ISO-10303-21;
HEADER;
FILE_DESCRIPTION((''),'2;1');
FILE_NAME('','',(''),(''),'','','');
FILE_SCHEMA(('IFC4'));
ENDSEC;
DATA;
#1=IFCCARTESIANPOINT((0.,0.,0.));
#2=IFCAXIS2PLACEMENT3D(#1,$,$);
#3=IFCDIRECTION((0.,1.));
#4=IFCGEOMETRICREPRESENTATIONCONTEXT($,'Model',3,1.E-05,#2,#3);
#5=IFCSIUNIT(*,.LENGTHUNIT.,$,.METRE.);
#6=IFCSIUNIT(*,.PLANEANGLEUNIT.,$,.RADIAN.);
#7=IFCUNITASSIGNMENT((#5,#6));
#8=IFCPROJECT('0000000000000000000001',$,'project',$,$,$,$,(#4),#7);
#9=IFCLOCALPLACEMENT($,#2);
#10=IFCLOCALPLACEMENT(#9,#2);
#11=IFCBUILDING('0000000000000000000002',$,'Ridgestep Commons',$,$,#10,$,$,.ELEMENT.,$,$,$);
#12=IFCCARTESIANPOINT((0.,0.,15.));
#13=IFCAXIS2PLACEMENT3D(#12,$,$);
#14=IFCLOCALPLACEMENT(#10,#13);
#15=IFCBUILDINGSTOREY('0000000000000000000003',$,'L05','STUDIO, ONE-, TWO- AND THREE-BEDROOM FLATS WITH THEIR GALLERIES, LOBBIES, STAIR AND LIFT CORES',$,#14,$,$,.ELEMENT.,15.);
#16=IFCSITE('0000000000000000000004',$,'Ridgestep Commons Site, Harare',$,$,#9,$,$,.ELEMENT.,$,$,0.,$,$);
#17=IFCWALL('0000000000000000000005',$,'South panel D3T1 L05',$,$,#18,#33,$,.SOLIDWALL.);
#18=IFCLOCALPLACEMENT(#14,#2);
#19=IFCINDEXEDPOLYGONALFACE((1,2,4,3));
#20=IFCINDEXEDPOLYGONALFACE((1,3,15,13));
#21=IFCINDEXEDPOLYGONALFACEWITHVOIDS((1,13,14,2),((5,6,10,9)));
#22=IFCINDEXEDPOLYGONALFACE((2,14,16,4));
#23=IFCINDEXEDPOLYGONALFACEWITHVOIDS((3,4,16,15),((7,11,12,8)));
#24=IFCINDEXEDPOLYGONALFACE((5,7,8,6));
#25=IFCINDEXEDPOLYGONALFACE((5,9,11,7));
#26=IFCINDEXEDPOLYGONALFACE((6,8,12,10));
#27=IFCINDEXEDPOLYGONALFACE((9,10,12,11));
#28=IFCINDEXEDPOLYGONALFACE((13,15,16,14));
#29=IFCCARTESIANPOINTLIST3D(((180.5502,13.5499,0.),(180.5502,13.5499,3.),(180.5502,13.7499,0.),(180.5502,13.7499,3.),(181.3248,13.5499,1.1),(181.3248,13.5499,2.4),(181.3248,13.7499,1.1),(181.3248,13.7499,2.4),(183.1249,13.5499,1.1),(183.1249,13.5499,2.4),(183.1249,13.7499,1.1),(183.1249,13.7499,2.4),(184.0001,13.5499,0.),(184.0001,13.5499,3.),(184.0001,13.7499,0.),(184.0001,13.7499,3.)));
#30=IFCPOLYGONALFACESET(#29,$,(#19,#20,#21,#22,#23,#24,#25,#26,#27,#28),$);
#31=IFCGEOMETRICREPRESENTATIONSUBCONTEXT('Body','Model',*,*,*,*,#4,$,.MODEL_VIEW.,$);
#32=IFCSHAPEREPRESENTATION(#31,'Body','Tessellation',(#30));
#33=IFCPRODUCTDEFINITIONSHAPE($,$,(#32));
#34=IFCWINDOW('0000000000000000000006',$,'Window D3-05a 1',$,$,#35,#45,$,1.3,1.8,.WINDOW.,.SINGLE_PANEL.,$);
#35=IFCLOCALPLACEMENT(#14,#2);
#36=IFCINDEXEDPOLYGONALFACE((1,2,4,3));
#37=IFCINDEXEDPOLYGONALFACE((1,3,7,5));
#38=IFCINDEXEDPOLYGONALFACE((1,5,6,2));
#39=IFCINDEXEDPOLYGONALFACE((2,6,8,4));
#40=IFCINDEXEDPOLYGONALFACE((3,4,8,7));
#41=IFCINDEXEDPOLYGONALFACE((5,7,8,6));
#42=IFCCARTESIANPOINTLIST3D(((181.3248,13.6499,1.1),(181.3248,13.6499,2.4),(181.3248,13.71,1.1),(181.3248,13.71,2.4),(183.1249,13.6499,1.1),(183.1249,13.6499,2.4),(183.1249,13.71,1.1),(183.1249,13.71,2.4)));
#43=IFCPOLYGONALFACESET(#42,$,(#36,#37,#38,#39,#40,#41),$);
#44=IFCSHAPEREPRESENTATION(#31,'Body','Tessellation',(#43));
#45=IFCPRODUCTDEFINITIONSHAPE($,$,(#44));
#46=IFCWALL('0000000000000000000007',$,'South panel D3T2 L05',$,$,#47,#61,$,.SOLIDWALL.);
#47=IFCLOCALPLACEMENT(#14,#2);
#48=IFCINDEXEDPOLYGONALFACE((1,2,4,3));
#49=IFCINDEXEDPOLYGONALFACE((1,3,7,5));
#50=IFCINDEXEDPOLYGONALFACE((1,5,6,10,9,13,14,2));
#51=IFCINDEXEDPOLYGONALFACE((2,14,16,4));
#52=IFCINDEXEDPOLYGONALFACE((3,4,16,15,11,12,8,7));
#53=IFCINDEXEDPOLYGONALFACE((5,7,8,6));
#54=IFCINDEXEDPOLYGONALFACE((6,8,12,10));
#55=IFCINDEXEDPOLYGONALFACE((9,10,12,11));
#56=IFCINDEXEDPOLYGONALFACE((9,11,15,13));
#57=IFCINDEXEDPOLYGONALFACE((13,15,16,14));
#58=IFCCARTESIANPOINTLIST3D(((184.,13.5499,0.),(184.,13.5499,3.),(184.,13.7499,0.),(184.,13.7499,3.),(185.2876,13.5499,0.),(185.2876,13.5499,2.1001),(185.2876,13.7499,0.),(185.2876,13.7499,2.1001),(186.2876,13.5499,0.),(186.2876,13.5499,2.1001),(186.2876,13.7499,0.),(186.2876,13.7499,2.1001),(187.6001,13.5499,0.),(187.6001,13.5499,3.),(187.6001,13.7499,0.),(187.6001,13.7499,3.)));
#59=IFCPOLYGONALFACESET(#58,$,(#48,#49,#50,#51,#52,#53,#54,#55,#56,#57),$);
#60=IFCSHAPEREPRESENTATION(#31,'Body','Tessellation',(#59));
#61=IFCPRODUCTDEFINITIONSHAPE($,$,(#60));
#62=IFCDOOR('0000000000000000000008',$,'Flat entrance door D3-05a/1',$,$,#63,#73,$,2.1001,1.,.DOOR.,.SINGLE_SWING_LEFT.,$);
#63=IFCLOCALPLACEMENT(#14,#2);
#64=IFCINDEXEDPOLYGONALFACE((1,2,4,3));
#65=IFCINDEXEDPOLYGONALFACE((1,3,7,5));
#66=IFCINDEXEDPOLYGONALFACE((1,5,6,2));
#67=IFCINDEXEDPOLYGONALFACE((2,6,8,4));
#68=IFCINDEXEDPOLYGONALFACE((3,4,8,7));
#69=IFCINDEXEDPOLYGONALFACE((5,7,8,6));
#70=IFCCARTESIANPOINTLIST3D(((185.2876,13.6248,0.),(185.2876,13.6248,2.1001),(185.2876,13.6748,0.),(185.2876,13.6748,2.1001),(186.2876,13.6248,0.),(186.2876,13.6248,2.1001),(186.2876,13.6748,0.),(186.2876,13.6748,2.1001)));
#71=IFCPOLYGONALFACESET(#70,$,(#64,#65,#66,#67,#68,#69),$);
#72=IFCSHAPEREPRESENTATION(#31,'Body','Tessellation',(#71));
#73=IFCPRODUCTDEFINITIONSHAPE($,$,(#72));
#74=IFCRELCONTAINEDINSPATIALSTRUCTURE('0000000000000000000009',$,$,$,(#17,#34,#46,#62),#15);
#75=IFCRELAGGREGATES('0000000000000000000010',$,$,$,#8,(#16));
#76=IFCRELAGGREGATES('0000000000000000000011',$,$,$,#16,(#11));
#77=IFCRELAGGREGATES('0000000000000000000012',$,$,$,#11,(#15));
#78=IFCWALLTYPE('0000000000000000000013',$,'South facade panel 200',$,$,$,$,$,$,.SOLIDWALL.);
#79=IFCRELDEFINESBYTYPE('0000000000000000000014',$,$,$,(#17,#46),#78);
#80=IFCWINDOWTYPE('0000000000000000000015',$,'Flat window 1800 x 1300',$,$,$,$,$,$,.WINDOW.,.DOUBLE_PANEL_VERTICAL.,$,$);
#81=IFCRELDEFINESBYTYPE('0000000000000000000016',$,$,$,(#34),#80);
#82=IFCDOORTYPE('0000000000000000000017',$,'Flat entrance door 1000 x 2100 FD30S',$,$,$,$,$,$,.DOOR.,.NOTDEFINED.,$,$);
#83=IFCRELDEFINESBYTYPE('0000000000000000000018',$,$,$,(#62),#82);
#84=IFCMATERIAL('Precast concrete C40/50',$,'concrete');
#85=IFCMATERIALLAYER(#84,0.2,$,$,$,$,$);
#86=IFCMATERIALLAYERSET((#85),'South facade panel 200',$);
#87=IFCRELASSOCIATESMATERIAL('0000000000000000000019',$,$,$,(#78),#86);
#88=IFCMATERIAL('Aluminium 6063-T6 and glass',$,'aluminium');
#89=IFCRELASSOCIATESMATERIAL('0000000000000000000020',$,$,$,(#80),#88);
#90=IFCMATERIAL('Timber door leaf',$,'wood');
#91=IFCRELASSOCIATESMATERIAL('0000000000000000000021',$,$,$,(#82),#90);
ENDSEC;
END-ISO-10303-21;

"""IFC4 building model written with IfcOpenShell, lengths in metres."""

from ifc_helpers import new_model, si_unit, direction, frame, frame_2d, origin, place, context, subcontext, project, spatial, rectangle, extrude, material, layer, layer_set, type_object, element, fill, save


model = new_model("IFC4")

# Units and contexts
model_context = context("Model", 3, precision=1e-05, world=origin(), true_north=direction((0.0, 1.0)))
body_context = subcontext(model_context, "Body", "Model", "MODEL_VIEW")
ifc_project = project(units=[si_unit("LENGTHUNIT", "METRE"), si_unit("PLANEANGLEUNIT", "RADIAN")], contexts=[model_context])

# Site, building, storey
site_placement = place(None, origin())
site = spatial("IfcSite", under=ifc_project, at=site_placement, Name="Ridgestep Commons Site, Harare", CompositionType="ELEMENT", RefElevation=0.0)
building_placement = place(site_placement, origin())
building = spatial("IfcBuilding", under=site, at=building_placement, Name="Ridgestep Commons", CompositionType="ELEMENT")
storey_placement = place(building_placement, frame((0.0, 0.0, 15.0)))
storey = spatial("IfcBuildingStorey", under=building, at=storey_placement, Name="L05", Description="STUDIO, ONE-, TWO- AND THREE-BEDROOM FLATS WITH THEIR GALLERIES, LOBBIES, STAIR AND LIFT CORES", CompositionType="ELEMENT", Elevation=15.0)

# Wall, opening, window
ifc_material_1 = material(Name="Precast concrete C40/50", Category="concrete")
ifc_layer_1 = layer(ifc_material_1, 0.2)
ifc_layer_set_1 = layer_set([ifc_layer_1], Name="South facade panel 200")
wall_type_1 = type_object("IfcWallType", Name="South facade panel 200", PredefinedType="SOLIDWALL", material=ifc_layer_set_1)
wall_1_placement = place(storey_placement, frame((180.55, 13.6499, 0.0), z_axis=(0.0, 0.0, 1.0), x_axis=(1.0, 0.0, 0.0)))
wall_1 = element("IfcWall", 1, at=wall_1_placement, inside=storey, type_object=wall_type_1, Name="South panel D3T1 L05", PredefinedType="SOLIDWALL", context=body_context, shape_type="SweptSolid", body=[
    extrude(rectangle(XDim=3.45, YDim=0.2, at=frame_2d((1.7251, 0.0))), origin(), (0.0, 0.0, 1.0), 3.0),
])
opening_1_placement = place(wall_1_placement, frame((0.7749, 0.0, 1.1001)))
opening_1 = element("IfcOpeningElement", 2, at=opening_1_placement, cuts=wall_1, PredefinedType="OPENING", context=body_context, shape_type="SweptSolid", body=[
    extrude(rectangle(XDim=1.8, YDim=1.3, at=frame_2d((0.8999, 0.6499))), frame((0.0, 0.1099, 0.0), z_axis=(0.0, -1.0, 0.0), x_axis=(1.0, 0.0, 0.0)), (0.0, 0.0, 1.0), 0.22),
])
ifc_material_2 = material(Name="Aluminium 6063-T6 and glass", Category="aluminium")
window_type = type_object("IfcWindowType", Name="Flat window 1800 x 1300", PartitioningType="DOUBLE_PANEL_VERTICAL", PredefinedType="WINDOW", material=ifc_material_2)
window_placement = place(opening_1_placement, origin())
window = element("IfcWindow", 3, at=window_placement, inside=storey, type_object=window_type, Name="Window D3-05a 1", OverallHeight=1.3, OverallWidth=1.8, PartitioningType="SINGLE_PANEL", PredefinedType="WINDOW", context=body_context, shape_type="SweptSolid", body=[
    extrude(rectangle(XDim=1.8, YDim=1.3, at=frame_2d((0.8999, 0.6499))), frame((0.0, 0.0601, 0.0), z_axis=(0.0, -1.0, 0.0), x_axis=(1.0, 0.0, 0.0)), (0.0, 0.0, 1.0), 0.0601),
])
fill(opening_1, window)

# Wall, opening, door
wall_2_placement = place(storey_placement, frame((184.0, 13.6499, 0.0), z_axis=(0.0, 0.0, 1.0), x_axis=(1.0, 0.0, 0.0)))
wall_2 = element("IfcWall", 4, at=wall_2_placement, inside=storey, type_object=wall_type_1, Name="South panel D3T2 L05", PredefinedType="SOLIDWALL", context=body_context, shape_type="SweptSolid", body=[
    extrude(rectangle(XDim=3.6001, YDim=0.2, at=frame_2d((1.8, 0.0))), origin(), (0.0, 0.0, 1.0), 3.0),
])
opening_2_placement = place(wall_2_placement, frame((1.2876, 0.0, 0.0)))
opening_2 = element("IfcOpeningElement", 5, at=opening_2_placement, cuts=wall_2, PredefinedType="OPENING", context=body_context, shape_type="SweptSolid", body=[
    extrude(rectangle(XDim=1.0, YDim=2.1001, at=frame_2d((0.5, 1.05))), frame((0.0, 0.1099, 0.0), z_axis=(0.0, -1.0, 0.0), x_axis=(1.0, 0.0, 0.0)), (0.0, 0.0, 1.0), 0.22),
])
ifc_material_3 = material(Name="Timber door leaf", Category="wood")
door_type_1 = type_object("IfcDoorType", Name="Flat entrance door 1000 x 2100 FD30S", OperationType="NOTDEFINED", PredefinedType="DOOR", material=ifc_material_3)
door_1_placement = place(opening_2_placement, origin())
door_1 = element("IfcDoor", 6, at=door_1_placement, inside=storey, type_object=door_type_1, Name="Flat entrance door D3-05a/1", OperationType="SINGLE_SWING_LEFT", OverallHeight=2.1001, OverallWidth=1.0, PredefinedType="DOOR", context=body_context, shape_type="SweptSolid", body=[
    extrude(rectangle(XDim=1.0, YDim=2.1001, at=frame_2d((0.5, 1.05))), frame((0.0, 0.0249, 0.0), z_axis=(0.0, -1.0, 0.0), x_axis=(1.0, 0.0, 0.0)), (0.0, 0.0, 1.0), 0.05),
])
fill(opening_2, door_1)

save(model, "model.ifc")
